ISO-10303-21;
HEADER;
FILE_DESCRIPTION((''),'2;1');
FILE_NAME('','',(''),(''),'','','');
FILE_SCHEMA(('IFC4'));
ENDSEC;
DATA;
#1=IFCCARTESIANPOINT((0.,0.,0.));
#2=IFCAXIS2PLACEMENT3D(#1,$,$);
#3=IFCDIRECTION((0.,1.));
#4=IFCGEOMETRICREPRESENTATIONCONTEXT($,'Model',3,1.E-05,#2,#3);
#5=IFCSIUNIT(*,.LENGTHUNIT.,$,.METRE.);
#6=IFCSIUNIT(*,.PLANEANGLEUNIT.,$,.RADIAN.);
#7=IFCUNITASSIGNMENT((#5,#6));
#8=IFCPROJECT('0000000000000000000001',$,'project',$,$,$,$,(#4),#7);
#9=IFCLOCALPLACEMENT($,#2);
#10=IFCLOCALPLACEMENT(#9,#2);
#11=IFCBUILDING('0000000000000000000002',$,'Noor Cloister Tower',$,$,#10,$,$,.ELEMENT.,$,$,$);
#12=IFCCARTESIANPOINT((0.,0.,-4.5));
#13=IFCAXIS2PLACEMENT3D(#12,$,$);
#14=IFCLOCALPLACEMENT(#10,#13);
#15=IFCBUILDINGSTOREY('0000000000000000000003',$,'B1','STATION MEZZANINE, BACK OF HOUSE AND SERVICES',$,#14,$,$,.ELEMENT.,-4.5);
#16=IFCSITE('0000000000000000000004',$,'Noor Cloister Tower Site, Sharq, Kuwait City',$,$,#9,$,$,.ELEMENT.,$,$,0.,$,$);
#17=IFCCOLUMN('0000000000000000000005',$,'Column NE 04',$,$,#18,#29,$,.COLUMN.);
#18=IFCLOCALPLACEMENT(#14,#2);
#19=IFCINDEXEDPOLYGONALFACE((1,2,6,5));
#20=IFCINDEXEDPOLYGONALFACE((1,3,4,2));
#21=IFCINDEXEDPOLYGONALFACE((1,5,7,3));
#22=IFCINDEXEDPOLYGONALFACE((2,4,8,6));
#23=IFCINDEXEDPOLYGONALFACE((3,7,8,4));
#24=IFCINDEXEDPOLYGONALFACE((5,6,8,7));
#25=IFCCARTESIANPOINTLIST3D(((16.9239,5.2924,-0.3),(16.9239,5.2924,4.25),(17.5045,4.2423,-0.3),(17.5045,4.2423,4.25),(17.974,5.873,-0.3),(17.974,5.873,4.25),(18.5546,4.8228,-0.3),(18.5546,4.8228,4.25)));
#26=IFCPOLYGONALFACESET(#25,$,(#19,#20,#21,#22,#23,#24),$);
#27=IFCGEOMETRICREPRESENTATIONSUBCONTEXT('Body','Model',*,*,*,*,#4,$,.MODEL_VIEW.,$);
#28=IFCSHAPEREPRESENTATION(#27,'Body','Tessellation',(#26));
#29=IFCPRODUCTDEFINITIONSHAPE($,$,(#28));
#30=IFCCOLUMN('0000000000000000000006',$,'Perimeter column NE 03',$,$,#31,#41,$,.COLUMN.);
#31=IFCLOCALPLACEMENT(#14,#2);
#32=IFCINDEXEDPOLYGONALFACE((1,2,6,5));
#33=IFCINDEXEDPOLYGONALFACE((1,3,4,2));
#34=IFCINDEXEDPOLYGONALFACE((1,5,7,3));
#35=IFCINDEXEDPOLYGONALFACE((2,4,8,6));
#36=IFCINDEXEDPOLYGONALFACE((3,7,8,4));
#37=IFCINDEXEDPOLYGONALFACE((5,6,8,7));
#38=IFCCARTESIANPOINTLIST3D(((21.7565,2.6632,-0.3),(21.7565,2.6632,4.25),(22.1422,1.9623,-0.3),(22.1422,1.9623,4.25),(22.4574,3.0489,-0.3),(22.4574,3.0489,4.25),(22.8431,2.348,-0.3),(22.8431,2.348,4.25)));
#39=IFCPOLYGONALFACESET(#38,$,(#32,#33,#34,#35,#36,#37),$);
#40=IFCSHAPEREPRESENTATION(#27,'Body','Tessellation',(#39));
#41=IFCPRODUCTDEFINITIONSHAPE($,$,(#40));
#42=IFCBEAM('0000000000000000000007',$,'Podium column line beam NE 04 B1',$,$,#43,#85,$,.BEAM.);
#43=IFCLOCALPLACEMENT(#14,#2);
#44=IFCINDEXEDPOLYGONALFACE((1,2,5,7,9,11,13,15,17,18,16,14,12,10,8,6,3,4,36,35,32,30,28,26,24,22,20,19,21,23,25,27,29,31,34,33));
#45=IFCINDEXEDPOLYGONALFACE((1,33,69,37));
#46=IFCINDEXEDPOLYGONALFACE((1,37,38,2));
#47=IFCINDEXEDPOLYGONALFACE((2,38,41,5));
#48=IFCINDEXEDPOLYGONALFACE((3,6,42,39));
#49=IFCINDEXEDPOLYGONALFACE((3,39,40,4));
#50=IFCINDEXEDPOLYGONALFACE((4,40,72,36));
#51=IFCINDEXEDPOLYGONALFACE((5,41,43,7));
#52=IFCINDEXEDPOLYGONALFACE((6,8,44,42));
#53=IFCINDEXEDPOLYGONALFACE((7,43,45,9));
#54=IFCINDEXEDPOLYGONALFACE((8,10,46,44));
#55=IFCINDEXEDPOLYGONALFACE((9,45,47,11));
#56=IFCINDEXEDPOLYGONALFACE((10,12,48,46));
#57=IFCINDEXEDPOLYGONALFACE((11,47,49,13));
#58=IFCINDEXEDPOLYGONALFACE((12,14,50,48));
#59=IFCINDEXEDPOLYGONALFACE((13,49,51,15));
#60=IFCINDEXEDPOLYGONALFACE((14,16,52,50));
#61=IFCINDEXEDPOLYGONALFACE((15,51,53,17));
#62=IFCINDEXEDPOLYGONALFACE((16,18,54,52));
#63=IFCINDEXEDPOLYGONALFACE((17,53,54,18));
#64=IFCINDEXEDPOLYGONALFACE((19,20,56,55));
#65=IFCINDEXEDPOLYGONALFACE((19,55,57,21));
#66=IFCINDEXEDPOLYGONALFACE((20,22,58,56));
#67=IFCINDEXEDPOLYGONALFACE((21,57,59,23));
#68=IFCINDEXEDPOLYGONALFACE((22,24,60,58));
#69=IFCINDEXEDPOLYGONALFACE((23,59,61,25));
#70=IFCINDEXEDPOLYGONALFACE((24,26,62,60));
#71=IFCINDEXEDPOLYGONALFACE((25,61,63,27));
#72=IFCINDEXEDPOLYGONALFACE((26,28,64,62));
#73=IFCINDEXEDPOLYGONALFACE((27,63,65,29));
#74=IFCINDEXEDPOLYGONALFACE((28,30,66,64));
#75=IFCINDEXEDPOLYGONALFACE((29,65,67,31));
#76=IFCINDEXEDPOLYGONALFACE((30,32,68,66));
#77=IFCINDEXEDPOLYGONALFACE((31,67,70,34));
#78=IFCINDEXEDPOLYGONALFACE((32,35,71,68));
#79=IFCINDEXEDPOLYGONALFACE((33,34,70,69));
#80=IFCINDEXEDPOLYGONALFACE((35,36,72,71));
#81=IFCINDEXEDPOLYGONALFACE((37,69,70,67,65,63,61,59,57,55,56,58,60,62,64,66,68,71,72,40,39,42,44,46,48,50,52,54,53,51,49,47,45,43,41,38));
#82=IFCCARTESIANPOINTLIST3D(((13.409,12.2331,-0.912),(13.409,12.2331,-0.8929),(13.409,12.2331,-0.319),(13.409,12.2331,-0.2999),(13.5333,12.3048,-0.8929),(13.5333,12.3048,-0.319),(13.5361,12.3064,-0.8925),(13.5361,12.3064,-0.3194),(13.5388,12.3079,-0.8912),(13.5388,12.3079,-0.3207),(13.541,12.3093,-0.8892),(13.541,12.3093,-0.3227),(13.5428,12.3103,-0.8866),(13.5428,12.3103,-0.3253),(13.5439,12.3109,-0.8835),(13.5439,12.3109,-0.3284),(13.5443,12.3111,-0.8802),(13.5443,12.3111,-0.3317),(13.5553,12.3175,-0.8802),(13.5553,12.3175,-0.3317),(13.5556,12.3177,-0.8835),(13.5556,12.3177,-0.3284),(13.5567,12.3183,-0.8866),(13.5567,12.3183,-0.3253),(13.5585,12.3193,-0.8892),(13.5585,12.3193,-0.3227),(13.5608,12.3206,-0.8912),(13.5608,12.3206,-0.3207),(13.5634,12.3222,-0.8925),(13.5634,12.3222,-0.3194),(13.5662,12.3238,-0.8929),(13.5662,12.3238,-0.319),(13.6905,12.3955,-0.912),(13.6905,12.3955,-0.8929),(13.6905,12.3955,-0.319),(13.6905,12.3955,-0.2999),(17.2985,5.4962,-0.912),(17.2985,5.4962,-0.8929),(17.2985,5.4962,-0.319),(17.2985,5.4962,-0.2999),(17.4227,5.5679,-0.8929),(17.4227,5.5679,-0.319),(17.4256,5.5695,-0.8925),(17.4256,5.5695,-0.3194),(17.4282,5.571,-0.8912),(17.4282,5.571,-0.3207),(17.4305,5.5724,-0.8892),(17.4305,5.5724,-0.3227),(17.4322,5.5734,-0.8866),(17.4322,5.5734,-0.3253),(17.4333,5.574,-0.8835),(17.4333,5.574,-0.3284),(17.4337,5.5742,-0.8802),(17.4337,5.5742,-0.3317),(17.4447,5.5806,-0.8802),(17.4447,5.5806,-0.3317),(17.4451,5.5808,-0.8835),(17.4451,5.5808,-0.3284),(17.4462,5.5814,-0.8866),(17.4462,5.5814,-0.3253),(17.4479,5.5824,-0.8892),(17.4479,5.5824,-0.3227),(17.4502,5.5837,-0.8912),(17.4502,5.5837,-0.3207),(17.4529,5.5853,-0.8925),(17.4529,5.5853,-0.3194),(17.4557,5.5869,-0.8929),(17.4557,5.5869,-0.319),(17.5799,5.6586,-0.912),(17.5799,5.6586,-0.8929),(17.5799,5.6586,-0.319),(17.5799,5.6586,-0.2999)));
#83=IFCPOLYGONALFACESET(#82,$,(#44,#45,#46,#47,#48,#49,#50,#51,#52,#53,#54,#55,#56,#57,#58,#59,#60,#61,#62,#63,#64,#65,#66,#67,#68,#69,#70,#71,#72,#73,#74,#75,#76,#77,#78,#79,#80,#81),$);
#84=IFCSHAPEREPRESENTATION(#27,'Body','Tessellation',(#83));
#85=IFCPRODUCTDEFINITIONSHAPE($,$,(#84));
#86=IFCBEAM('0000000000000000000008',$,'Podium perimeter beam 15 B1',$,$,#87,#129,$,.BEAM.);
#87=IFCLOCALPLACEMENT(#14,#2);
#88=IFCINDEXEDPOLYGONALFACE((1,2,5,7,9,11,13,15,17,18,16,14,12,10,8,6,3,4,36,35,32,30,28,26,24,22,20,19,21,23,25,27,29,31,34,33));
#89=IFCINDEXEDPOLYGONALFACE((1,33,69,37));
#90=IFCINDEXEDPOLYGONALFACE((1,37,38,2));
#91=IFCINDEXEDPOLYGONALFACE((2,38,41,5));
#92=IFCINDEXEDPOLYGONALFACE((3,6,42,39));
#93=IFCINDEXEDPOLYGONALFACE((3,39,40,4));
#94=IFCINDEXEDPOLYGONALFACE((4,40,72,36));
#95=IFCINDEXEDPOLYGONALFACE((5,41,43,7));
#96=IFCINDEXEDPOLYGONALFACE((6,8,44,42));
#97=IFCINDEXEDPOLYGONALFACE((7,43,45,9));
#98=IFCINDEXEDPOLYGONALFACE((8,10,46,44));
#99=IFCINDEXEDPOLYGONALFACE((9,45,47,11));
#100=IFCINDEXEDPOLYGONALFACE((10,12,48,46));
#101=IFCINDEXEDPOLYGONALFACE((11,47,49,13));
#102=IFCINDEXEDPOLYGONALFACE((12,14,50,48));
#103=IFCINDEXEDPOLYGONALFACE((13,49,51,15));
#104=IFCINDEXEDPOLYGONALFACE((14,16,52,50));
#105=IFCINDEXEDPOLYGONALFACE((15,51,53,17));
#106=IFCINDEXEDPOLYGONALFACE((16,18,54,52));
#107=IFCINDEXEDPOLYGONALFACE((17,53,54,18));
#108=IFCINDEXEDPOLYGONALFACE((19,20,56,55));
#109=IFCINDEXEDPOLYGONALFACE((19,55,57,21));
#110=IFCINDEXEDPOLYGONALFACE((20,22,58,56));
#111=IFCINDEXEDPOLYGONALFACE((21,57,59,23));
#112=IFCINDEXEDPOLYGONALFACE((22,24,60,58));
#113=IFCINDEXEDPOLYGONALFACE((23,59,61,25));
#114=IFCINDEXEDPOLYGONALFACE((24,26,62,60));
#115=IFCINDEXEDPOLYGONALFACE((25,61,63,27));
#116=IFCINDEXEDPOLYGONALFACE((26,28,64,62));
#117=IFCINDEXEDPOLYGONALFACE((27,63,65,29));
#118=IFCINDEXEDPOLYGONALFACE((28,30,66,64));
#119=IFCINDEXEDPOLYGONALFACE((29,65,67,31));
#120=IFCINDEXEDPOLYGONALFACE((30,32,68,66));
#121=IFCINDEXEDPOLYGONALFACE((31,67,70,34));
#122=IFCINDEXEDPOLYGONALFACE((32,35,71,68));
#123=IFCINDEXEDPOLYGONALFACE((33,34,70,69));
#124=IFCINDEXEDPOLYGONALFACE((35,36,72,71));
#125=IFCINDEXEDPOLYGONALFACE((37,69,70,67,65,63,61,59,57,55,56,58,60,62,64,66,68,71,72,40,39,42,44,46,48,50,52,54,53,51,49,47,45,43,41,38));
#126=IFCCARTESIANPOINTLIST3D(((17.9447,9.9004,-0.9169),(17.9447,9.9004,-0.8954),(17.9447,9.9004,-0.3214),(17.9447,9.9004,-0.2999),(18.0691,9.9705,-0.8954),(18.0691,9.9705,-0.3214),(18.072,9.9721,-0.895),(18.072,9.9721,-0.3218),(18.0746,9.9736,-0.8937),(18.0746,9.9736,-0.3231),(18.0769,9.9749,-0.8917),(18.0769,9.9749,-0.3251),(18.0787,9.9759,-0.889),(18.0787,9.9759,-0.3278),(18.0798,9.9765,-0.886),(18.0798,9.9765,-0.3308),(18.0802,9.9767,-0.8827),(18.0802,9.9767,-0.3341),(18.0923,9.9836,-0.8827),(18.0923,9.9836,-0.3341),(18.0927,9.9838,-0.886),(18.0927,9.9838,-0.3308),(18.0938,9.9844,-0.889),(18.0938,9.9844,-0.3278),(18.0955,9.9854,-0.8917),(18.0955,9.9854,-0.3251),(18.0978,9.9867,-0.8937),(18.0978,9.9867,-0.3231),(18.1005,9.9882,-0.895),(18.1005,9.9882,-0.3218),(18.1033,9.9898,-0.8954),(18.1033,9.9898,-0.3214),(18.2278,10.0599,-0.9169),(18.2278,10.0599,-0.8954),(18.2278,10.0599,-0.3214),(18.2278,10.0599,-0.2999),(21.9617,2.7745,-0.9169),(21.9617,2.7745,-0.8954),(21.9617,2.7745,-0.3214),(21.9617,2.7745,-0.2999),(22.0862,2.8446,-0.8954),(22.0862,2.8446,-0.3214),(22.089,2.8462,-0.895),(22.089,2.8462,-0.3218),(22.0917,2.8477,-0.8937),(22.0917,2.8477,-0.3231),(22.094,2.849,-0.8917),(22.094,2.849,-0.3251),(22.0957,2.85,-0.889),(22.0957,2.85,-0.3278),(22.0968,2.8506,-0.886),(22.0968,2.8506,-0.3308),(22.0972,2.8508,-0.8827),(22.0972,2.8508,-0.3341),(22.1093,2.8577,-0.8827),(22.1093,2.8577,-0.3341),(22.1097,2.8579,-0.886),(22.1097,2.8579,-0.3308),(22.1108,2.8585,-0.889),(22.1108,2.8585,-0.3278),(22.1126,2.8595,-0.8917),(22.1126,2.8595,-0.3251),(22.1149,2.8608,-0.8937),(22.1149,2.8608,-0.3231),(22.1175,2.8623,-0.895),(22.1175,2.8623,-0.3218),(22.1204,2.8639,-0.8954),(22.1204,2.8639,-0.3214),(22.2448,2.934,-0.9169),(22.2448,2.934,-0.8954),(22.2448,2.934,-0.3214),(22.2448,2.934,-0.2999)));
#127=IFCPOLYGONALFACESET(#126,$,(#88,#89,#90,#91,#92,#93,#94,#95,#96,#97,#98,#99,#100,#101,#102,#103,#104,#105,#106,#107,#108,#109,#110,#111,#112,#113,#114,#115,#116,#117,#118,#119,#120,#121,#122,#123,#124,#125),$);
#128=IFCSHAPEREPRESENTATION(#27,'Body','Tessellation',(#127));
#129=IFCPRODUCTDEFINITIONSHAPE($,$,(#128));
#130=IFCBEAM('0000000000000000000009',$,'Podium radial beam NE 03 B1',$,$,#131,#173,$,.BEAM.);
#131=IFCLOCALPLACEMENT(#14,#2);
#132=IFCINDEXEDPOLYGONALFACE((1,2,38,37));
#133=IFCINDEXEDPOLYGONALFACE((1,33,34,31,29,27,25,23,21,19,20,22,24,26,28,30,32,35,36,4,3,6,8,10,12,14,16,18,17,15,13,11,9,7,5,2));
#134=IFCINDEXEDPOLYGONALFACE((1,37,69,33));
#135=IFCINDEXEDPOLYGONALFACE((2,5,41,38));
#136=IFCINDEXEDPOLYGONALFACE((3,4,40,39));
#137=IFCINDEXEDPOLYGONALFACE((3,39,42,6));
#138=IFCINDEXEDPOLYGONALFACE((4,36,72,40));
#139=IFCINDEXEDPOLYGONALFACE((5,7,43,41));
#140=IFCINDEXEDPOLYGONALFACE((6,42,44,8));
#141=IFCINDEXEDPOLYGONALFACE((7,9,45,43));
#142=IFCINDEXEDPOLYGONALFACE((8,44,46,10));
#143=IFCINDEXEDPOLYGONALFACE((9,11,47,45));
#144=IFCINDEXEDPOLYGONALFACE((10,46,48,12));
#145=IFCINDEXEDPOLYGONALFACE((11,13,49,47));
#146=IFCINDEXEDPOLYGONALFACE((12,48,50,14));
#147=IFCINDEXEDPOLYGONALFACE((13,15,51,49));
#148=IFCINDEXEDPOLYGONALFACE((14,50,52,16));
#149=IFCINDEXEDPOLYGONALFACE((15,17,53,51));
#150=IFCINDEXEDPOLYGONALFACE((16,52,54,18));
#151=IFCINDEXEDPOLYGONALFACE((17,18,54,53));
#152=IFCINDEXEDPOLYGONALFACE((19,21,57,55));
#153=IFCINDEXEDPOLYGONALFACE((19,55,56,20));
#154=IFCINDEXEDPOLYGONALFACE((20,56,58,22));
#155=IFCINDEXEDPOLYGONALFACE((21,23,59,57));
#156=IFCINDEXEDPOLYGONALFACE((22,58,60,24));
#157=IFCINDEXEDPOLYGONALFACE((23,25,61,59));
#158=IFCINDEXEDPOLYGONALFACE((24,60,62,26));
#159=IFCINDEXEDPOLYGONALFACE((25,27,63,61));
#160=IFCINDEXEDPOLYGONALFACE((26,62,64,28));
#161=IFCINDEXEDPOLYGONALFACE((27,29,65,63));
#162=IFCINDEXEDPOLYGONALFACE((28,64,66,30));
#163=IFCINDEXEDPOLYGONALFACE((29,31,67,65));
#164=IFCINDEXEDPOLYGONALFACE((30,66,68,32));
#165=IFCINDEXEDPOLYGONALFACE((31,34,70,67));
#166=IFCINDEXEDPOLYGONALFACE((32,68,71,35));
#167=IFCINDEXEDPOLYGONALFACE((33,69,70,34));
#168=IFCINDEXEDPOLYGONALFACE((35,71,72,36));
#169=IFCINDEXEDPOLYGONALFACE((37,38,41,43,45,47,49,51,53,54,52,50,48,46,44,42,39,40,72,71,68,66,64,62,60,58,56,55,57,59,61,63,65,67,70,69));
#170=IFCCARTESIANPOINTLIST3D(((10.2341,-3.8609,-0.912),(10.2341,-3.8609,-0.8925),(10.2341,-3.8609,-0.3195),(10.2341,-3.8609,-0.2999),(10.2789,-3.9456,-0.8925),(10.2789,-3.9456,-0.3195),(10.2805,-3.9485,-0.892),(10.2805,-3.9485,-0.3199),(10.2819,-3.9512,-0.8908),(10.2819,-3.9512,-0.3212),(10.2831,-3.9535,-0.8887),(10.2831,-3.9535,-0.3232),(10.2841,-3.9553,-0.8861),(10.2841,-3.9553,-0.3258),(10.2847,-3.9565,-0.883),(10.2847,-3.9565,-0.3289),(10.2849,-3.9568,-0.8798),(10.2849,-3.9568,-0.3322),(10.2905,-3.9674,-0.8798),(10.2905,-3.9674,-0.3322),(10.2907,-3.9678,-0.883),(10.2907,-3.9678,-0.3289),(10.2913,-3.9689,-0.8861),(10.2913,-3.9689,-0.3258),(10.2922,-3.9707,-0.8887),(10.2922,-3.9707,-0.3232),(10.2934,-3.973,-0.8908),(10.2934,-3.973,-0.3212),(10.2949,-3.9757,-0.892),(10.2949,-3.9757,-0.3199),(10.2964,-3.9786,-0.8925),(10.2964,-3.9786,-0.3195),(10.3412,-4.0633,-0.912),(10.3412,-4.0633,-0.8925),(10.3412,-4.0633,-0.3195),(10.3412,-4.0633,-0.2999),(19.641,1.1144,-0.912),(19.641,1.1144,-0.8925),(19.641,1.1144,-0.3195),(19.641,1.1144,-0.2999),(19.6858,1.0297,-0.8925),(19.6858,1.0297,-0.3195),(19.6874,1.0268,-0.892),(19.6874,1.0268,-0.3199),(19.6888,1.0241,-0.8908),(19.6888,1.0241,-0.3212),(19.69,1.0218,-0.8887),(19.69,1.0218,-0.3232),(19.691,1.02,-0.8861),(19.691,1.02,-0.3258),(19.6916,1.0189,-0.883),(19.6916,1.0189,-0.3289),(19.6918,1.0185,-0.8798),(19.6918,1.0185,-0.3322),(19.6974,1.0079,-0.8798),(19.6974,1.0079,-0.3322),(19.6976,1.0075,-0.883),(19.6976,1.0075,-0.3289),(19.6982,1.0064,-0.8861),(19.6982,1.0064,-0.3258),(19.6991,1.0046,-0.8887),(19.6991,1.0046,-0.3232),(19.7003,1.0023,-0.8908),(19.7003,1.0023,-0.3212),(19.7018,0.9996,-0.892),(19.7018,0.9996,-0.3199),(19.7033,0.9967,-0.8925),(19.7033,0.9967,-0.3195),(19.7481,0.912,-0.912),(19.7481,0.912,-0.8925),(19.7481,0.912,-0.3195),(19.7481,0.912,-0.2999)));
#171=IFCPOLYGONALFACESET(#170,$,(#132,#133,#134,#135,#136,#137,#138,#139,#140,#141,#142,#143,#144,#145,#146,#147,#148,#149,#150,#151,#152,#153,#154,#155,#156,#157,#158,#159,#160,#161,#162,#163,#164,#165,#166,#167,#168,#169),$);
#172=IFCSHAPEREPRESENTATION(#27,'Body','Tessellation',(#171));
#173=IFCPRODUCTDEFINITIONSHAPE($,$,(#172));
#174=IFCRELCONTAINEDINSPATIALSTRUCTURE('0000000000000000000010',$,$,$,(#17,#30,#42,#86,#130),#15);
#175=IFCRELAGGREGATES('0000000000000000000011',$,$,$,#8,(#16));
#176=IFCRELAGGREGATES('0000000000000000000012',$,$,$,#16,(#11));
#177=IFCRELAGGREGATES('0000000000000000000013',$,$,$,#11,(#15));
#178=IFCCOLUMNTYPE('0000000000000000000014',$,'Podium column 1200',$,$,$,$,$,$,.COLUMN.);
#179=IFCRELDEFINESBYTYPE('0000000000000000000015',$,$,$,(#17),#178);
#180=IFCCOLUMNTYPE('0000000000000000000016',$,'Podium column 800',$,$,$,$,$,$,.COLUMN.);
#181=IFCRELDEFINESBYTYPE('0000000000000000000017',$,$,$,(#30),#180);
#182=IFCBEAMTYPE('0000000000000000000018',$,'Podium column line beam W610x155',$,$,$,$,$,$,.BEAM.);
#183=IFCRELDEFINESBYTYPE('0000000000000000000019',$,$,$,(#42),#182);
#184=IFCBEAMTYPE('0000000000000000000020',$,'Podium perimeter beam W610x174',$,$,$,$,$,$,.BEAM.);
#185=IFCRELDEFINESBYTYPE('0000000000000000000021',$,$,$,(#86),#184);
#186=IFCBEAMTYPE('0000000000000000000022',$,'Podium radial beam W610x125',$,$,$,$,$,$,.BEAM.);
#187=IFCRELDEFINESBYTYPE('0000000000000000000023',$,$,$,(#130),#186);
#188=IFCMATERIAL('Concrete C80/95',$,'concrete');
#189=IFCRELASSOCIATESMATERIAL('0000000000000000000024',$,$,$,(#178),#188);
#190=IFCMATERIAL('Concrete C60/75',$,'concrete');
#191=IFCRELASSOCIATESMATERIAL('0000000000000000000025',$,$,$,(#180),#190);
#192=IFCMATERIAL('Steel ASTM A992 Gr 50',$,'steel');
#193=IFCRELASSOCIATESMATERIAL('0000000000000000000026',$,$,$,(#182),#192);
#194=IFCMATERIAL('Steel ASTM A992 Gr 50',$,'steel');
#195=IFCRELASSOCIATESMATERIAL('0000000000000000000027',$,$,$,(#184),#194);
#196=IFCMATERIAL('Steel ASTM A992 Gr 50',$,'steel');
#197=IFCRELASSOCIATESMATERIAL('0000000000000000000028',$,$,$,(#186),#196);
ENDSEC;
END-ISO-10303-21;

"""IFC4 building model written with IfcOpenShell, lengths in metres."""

from ifc_helpers import new_model, si_unit, direction, frame, origin, origin_2d, place, context, subcontext, project, spatial, rectangle, i_section, extrude, material, material_profile, profile_set, type_object, element, save


model = new_model("IFC4")

# Units and contexts
model_context = context("Model", 3, precision=1e-05, world=origin(), true_north=direction((0.0, 1.0)))
body_context = subcontext(model_context, "Body", "Model", "MODEL_VIEW")
ifc_project = project(units=[si_unit("LENGTHUNIT", "METRE"), si_unit("PLANEANGLEUNIT", "RADIAN")], contexts=[model_context])

# Site, building, storey
site_placement = place(None, origin())
site = spatial("IfcSite", under=ifc_project, at=site_placement, Name="Noor Cloister Tower Site, Sharq, Kuwait City", CompositionType="ELEMENT", RefElevation=0.0)
building_placement = place(site_placement, origin())
building = spatial("IfcBuilding", under=site, at=building_placement, Name="Noor Cloister Tower", CompositionType="ELEMENT")
storey_placement = place(building_placement, frame((0.0, 0.0, -4.5)))
storey = spatial("IfcBuildingStorey", under=building, at=storey_placement, Name="B1", Description="STATION MEZZANINE, BACK OF HOUSE AND SERVICES", CompositionType="ELEMENT", Elevation=-4.5)

# Columns
ifc_material_1 = material(Name="Concrete C80/95", Category="concrete")
ifc_material_profile_1 = material_profile(ifc_material_1, rectangle(XDim=1.2, YDim=1.2, at=origin_2d()), Name="Podium column 1200")
ifc_profile_set_1 = profile_set([ifc_material_profile_1], Name="Concrete C80/95")
column_type_1 = type_object("IfcColumnType", Name="Podium column 1200", PredefinedType="COLUMN", material=ifc_profile_set_1)
column_1_placement = place(storey_placement, frame((17.7393, 5.0576, -0.3), z_axis=(0.0, 0.0, 1.0), x_axis=(0.875153, 0.483847, 0.0)))
element("IfcColumn", 1, at=column_1_placement, inside=storey, type_object=column_type_1, Name="Column NE 04", PredefinedType="COLUMN", context=body_context, shape_type="SweptSolid", body=[
    extrude(rectangle(XDim=1.2, YDim=1.2, at=origin_2d()), origin(), (0.0, 0.0, 1.0), 4.55),
])
ifc_material_2 = material(Name="Concrete C60/75", Category="concrete")
ifc_material_profile_2 = material_profile(ifc_material_2, rectangle(XDim=0.8, YDim=0.8, at=origin_2d()), Name="Podium column 800")
ifc_profile_set_2 = profile_set([ifc_material_profile_2], Name="Concrete C60/75")
column_type_2 = type_object("IfcColumnType", Name="Podium column 800", PredefinedType="COLUMN", material=ifc_profile_set_2)
column_2_placement = place(storey_placement, frame((22.2998, 2.5056, -0.3), z_axis=(0.0, 0.0, 1.0), x_axis=(0.876111, 0.482109, 0.0)))
element("IfcColumn", 2, at=column_2_placement, inside=storey, type_object=column_type_2, Name="Perimeter column NE 03", PredefinedType="COLUMN", context=body_context, shape_type="SweptSolid", body=[
    extrude(rectangle(XDim=0.8, YDim=0.8, at=origin_2d()), origin(), (0.0, 0.0, 1.0), 4.55),
])

# Beams
ifc_material_3 = material(Name="Steel ASTM A992 Gr 50", Category="steel")
ifc_material_profile_3 = material_profile(ifc_material_3, i_section(OverallWidth=0.325, OverallDepth=0.6121, WebThickness=0.0127, FlangeThickness=0.019, FilletRadius=0.0127, at=origin_2d()), Name="W610x155")
ifc_profile_set_3 = profile_set([ifc_material_profile_3], Name="Steel ASTM A992 Gr 50")
beam_type_1 = type_object("IfcBeamType", Name="Podium column line beam W610x155", PredefinedType="BEAM", material=ifc_profile_set_3)
beam_1_placement = place(storey_placement, frame((17.4392, 5.5774, -0.606), z_axis=(-0.499991, 0.866031, 0.0), x_axis=(-0.866031, -0.499991, 0.0)))
element("IfcBeam", 3, at=beam_1_placement, inside=storey, type_object=beam_type_1, Name="Podium column line beam NE 04 B1", PredefinedType="BEAM", context=body_context, shape_type="SweptSolid", body=[
    extrude(i_section(OverallWidth=0.325, OverallDepth=0.6121, WebThickness=0.0127, FlangeThickness=0.019, FilletRadius=0.0127, at=origin_2d()), origin(), (0.0, 0.0, 1.0), 7.7791),
])
ifc_material_4 = material(Name="Steel ASTM A992 Gr 50", Category="steel")
ifc_material_profile_4 = material_profile(ifc_material_4, i_section(OverallWidth=0.325, OverallDepth=0.6169, WebThickness=0.0139, FlangeThickness=0.0215, FilletRadius=0.0127, at=origin_2d()), Name="W610x174")
ifc_profile_set_4 = profile_set([ifc_material_profile_4], Name="Steel ASTM A992 Gr 50")
beam_type_2 = type_object("IfcBeamType", Name="Podium perimeter beam W610x174", PredefinedType="BEAM", material=ifc_profile_set_4)
beam_2_placement = place(storey_placement, frame((22.1033, 2.8542, -0.6084), z_axis=(-0.491072, 0.871119, 0.0), x_axis=(-0.871119, -0.491072, 0.0)))
element("IfcBeam", 4, at=beam_2_placement, inside=storey, type_object=beam_type_2, Name="Podium perimeter beam 15 B1", PredefinedType="BEAM", context=body_context, shape_type="SweptSolid", body=[
    extrude(i_section(OverallWidth=0.325, OverallDepth=0.6169, WebThickness=0.0139, FlangeThickness=0.0215, FilletRadius=0.0127, at=origin_2d()), origin(), (0.0, 0.0, 1.0), 8.1802),
])
ifc_material_5 = material(Name="Steel ASTM A992 Gr 50", Category="steel")
ifc_material_profile_5 = material_profile(ifc_material_5, i_section(OverallWidth=0.229, OverallDepth=0.6121, WebThickness=0.012, FlangeThickness=0.0195, FilletRadius=0.0127, at=origin_2d()), Name="W610x125")
ifc_profile_set_5 = profile_set([ifc_material_profile_5], Name="Steel ASTM A992 Gr 50")
beam_type_3 = type_object("IfcBeamType", Name="Podium radial beam W610x125", PredefinedType="BEAM", material=ifc_profile_set_5)
beam_3_placement = place(storey_placement, frame((19.6946, 1.0132, -0.606), z_axis=(-0.883975, -0.467534, 0.0), x_axis=(0.467534, -0.883975, 0.0)))
element("IfcBeam", 5, at=beam_3_placement, inside=storey, type_object=beam_type_3, Name="Podium radial beam NE 03 B1", PredefinedType="BEAM", context=body_context, shape_type="SweptSolid", body=[
    extrude(i_section(OverallWidth=0.229, OverallDepth=0.6121, WebThickness=0.012, FlangeThickness=0.0195, FilletRadius=0.0127, at=origin_2d()), origin(), (0.0, 0.0, 1.0), 10.6416),
])

save(model, "model.ifc")
